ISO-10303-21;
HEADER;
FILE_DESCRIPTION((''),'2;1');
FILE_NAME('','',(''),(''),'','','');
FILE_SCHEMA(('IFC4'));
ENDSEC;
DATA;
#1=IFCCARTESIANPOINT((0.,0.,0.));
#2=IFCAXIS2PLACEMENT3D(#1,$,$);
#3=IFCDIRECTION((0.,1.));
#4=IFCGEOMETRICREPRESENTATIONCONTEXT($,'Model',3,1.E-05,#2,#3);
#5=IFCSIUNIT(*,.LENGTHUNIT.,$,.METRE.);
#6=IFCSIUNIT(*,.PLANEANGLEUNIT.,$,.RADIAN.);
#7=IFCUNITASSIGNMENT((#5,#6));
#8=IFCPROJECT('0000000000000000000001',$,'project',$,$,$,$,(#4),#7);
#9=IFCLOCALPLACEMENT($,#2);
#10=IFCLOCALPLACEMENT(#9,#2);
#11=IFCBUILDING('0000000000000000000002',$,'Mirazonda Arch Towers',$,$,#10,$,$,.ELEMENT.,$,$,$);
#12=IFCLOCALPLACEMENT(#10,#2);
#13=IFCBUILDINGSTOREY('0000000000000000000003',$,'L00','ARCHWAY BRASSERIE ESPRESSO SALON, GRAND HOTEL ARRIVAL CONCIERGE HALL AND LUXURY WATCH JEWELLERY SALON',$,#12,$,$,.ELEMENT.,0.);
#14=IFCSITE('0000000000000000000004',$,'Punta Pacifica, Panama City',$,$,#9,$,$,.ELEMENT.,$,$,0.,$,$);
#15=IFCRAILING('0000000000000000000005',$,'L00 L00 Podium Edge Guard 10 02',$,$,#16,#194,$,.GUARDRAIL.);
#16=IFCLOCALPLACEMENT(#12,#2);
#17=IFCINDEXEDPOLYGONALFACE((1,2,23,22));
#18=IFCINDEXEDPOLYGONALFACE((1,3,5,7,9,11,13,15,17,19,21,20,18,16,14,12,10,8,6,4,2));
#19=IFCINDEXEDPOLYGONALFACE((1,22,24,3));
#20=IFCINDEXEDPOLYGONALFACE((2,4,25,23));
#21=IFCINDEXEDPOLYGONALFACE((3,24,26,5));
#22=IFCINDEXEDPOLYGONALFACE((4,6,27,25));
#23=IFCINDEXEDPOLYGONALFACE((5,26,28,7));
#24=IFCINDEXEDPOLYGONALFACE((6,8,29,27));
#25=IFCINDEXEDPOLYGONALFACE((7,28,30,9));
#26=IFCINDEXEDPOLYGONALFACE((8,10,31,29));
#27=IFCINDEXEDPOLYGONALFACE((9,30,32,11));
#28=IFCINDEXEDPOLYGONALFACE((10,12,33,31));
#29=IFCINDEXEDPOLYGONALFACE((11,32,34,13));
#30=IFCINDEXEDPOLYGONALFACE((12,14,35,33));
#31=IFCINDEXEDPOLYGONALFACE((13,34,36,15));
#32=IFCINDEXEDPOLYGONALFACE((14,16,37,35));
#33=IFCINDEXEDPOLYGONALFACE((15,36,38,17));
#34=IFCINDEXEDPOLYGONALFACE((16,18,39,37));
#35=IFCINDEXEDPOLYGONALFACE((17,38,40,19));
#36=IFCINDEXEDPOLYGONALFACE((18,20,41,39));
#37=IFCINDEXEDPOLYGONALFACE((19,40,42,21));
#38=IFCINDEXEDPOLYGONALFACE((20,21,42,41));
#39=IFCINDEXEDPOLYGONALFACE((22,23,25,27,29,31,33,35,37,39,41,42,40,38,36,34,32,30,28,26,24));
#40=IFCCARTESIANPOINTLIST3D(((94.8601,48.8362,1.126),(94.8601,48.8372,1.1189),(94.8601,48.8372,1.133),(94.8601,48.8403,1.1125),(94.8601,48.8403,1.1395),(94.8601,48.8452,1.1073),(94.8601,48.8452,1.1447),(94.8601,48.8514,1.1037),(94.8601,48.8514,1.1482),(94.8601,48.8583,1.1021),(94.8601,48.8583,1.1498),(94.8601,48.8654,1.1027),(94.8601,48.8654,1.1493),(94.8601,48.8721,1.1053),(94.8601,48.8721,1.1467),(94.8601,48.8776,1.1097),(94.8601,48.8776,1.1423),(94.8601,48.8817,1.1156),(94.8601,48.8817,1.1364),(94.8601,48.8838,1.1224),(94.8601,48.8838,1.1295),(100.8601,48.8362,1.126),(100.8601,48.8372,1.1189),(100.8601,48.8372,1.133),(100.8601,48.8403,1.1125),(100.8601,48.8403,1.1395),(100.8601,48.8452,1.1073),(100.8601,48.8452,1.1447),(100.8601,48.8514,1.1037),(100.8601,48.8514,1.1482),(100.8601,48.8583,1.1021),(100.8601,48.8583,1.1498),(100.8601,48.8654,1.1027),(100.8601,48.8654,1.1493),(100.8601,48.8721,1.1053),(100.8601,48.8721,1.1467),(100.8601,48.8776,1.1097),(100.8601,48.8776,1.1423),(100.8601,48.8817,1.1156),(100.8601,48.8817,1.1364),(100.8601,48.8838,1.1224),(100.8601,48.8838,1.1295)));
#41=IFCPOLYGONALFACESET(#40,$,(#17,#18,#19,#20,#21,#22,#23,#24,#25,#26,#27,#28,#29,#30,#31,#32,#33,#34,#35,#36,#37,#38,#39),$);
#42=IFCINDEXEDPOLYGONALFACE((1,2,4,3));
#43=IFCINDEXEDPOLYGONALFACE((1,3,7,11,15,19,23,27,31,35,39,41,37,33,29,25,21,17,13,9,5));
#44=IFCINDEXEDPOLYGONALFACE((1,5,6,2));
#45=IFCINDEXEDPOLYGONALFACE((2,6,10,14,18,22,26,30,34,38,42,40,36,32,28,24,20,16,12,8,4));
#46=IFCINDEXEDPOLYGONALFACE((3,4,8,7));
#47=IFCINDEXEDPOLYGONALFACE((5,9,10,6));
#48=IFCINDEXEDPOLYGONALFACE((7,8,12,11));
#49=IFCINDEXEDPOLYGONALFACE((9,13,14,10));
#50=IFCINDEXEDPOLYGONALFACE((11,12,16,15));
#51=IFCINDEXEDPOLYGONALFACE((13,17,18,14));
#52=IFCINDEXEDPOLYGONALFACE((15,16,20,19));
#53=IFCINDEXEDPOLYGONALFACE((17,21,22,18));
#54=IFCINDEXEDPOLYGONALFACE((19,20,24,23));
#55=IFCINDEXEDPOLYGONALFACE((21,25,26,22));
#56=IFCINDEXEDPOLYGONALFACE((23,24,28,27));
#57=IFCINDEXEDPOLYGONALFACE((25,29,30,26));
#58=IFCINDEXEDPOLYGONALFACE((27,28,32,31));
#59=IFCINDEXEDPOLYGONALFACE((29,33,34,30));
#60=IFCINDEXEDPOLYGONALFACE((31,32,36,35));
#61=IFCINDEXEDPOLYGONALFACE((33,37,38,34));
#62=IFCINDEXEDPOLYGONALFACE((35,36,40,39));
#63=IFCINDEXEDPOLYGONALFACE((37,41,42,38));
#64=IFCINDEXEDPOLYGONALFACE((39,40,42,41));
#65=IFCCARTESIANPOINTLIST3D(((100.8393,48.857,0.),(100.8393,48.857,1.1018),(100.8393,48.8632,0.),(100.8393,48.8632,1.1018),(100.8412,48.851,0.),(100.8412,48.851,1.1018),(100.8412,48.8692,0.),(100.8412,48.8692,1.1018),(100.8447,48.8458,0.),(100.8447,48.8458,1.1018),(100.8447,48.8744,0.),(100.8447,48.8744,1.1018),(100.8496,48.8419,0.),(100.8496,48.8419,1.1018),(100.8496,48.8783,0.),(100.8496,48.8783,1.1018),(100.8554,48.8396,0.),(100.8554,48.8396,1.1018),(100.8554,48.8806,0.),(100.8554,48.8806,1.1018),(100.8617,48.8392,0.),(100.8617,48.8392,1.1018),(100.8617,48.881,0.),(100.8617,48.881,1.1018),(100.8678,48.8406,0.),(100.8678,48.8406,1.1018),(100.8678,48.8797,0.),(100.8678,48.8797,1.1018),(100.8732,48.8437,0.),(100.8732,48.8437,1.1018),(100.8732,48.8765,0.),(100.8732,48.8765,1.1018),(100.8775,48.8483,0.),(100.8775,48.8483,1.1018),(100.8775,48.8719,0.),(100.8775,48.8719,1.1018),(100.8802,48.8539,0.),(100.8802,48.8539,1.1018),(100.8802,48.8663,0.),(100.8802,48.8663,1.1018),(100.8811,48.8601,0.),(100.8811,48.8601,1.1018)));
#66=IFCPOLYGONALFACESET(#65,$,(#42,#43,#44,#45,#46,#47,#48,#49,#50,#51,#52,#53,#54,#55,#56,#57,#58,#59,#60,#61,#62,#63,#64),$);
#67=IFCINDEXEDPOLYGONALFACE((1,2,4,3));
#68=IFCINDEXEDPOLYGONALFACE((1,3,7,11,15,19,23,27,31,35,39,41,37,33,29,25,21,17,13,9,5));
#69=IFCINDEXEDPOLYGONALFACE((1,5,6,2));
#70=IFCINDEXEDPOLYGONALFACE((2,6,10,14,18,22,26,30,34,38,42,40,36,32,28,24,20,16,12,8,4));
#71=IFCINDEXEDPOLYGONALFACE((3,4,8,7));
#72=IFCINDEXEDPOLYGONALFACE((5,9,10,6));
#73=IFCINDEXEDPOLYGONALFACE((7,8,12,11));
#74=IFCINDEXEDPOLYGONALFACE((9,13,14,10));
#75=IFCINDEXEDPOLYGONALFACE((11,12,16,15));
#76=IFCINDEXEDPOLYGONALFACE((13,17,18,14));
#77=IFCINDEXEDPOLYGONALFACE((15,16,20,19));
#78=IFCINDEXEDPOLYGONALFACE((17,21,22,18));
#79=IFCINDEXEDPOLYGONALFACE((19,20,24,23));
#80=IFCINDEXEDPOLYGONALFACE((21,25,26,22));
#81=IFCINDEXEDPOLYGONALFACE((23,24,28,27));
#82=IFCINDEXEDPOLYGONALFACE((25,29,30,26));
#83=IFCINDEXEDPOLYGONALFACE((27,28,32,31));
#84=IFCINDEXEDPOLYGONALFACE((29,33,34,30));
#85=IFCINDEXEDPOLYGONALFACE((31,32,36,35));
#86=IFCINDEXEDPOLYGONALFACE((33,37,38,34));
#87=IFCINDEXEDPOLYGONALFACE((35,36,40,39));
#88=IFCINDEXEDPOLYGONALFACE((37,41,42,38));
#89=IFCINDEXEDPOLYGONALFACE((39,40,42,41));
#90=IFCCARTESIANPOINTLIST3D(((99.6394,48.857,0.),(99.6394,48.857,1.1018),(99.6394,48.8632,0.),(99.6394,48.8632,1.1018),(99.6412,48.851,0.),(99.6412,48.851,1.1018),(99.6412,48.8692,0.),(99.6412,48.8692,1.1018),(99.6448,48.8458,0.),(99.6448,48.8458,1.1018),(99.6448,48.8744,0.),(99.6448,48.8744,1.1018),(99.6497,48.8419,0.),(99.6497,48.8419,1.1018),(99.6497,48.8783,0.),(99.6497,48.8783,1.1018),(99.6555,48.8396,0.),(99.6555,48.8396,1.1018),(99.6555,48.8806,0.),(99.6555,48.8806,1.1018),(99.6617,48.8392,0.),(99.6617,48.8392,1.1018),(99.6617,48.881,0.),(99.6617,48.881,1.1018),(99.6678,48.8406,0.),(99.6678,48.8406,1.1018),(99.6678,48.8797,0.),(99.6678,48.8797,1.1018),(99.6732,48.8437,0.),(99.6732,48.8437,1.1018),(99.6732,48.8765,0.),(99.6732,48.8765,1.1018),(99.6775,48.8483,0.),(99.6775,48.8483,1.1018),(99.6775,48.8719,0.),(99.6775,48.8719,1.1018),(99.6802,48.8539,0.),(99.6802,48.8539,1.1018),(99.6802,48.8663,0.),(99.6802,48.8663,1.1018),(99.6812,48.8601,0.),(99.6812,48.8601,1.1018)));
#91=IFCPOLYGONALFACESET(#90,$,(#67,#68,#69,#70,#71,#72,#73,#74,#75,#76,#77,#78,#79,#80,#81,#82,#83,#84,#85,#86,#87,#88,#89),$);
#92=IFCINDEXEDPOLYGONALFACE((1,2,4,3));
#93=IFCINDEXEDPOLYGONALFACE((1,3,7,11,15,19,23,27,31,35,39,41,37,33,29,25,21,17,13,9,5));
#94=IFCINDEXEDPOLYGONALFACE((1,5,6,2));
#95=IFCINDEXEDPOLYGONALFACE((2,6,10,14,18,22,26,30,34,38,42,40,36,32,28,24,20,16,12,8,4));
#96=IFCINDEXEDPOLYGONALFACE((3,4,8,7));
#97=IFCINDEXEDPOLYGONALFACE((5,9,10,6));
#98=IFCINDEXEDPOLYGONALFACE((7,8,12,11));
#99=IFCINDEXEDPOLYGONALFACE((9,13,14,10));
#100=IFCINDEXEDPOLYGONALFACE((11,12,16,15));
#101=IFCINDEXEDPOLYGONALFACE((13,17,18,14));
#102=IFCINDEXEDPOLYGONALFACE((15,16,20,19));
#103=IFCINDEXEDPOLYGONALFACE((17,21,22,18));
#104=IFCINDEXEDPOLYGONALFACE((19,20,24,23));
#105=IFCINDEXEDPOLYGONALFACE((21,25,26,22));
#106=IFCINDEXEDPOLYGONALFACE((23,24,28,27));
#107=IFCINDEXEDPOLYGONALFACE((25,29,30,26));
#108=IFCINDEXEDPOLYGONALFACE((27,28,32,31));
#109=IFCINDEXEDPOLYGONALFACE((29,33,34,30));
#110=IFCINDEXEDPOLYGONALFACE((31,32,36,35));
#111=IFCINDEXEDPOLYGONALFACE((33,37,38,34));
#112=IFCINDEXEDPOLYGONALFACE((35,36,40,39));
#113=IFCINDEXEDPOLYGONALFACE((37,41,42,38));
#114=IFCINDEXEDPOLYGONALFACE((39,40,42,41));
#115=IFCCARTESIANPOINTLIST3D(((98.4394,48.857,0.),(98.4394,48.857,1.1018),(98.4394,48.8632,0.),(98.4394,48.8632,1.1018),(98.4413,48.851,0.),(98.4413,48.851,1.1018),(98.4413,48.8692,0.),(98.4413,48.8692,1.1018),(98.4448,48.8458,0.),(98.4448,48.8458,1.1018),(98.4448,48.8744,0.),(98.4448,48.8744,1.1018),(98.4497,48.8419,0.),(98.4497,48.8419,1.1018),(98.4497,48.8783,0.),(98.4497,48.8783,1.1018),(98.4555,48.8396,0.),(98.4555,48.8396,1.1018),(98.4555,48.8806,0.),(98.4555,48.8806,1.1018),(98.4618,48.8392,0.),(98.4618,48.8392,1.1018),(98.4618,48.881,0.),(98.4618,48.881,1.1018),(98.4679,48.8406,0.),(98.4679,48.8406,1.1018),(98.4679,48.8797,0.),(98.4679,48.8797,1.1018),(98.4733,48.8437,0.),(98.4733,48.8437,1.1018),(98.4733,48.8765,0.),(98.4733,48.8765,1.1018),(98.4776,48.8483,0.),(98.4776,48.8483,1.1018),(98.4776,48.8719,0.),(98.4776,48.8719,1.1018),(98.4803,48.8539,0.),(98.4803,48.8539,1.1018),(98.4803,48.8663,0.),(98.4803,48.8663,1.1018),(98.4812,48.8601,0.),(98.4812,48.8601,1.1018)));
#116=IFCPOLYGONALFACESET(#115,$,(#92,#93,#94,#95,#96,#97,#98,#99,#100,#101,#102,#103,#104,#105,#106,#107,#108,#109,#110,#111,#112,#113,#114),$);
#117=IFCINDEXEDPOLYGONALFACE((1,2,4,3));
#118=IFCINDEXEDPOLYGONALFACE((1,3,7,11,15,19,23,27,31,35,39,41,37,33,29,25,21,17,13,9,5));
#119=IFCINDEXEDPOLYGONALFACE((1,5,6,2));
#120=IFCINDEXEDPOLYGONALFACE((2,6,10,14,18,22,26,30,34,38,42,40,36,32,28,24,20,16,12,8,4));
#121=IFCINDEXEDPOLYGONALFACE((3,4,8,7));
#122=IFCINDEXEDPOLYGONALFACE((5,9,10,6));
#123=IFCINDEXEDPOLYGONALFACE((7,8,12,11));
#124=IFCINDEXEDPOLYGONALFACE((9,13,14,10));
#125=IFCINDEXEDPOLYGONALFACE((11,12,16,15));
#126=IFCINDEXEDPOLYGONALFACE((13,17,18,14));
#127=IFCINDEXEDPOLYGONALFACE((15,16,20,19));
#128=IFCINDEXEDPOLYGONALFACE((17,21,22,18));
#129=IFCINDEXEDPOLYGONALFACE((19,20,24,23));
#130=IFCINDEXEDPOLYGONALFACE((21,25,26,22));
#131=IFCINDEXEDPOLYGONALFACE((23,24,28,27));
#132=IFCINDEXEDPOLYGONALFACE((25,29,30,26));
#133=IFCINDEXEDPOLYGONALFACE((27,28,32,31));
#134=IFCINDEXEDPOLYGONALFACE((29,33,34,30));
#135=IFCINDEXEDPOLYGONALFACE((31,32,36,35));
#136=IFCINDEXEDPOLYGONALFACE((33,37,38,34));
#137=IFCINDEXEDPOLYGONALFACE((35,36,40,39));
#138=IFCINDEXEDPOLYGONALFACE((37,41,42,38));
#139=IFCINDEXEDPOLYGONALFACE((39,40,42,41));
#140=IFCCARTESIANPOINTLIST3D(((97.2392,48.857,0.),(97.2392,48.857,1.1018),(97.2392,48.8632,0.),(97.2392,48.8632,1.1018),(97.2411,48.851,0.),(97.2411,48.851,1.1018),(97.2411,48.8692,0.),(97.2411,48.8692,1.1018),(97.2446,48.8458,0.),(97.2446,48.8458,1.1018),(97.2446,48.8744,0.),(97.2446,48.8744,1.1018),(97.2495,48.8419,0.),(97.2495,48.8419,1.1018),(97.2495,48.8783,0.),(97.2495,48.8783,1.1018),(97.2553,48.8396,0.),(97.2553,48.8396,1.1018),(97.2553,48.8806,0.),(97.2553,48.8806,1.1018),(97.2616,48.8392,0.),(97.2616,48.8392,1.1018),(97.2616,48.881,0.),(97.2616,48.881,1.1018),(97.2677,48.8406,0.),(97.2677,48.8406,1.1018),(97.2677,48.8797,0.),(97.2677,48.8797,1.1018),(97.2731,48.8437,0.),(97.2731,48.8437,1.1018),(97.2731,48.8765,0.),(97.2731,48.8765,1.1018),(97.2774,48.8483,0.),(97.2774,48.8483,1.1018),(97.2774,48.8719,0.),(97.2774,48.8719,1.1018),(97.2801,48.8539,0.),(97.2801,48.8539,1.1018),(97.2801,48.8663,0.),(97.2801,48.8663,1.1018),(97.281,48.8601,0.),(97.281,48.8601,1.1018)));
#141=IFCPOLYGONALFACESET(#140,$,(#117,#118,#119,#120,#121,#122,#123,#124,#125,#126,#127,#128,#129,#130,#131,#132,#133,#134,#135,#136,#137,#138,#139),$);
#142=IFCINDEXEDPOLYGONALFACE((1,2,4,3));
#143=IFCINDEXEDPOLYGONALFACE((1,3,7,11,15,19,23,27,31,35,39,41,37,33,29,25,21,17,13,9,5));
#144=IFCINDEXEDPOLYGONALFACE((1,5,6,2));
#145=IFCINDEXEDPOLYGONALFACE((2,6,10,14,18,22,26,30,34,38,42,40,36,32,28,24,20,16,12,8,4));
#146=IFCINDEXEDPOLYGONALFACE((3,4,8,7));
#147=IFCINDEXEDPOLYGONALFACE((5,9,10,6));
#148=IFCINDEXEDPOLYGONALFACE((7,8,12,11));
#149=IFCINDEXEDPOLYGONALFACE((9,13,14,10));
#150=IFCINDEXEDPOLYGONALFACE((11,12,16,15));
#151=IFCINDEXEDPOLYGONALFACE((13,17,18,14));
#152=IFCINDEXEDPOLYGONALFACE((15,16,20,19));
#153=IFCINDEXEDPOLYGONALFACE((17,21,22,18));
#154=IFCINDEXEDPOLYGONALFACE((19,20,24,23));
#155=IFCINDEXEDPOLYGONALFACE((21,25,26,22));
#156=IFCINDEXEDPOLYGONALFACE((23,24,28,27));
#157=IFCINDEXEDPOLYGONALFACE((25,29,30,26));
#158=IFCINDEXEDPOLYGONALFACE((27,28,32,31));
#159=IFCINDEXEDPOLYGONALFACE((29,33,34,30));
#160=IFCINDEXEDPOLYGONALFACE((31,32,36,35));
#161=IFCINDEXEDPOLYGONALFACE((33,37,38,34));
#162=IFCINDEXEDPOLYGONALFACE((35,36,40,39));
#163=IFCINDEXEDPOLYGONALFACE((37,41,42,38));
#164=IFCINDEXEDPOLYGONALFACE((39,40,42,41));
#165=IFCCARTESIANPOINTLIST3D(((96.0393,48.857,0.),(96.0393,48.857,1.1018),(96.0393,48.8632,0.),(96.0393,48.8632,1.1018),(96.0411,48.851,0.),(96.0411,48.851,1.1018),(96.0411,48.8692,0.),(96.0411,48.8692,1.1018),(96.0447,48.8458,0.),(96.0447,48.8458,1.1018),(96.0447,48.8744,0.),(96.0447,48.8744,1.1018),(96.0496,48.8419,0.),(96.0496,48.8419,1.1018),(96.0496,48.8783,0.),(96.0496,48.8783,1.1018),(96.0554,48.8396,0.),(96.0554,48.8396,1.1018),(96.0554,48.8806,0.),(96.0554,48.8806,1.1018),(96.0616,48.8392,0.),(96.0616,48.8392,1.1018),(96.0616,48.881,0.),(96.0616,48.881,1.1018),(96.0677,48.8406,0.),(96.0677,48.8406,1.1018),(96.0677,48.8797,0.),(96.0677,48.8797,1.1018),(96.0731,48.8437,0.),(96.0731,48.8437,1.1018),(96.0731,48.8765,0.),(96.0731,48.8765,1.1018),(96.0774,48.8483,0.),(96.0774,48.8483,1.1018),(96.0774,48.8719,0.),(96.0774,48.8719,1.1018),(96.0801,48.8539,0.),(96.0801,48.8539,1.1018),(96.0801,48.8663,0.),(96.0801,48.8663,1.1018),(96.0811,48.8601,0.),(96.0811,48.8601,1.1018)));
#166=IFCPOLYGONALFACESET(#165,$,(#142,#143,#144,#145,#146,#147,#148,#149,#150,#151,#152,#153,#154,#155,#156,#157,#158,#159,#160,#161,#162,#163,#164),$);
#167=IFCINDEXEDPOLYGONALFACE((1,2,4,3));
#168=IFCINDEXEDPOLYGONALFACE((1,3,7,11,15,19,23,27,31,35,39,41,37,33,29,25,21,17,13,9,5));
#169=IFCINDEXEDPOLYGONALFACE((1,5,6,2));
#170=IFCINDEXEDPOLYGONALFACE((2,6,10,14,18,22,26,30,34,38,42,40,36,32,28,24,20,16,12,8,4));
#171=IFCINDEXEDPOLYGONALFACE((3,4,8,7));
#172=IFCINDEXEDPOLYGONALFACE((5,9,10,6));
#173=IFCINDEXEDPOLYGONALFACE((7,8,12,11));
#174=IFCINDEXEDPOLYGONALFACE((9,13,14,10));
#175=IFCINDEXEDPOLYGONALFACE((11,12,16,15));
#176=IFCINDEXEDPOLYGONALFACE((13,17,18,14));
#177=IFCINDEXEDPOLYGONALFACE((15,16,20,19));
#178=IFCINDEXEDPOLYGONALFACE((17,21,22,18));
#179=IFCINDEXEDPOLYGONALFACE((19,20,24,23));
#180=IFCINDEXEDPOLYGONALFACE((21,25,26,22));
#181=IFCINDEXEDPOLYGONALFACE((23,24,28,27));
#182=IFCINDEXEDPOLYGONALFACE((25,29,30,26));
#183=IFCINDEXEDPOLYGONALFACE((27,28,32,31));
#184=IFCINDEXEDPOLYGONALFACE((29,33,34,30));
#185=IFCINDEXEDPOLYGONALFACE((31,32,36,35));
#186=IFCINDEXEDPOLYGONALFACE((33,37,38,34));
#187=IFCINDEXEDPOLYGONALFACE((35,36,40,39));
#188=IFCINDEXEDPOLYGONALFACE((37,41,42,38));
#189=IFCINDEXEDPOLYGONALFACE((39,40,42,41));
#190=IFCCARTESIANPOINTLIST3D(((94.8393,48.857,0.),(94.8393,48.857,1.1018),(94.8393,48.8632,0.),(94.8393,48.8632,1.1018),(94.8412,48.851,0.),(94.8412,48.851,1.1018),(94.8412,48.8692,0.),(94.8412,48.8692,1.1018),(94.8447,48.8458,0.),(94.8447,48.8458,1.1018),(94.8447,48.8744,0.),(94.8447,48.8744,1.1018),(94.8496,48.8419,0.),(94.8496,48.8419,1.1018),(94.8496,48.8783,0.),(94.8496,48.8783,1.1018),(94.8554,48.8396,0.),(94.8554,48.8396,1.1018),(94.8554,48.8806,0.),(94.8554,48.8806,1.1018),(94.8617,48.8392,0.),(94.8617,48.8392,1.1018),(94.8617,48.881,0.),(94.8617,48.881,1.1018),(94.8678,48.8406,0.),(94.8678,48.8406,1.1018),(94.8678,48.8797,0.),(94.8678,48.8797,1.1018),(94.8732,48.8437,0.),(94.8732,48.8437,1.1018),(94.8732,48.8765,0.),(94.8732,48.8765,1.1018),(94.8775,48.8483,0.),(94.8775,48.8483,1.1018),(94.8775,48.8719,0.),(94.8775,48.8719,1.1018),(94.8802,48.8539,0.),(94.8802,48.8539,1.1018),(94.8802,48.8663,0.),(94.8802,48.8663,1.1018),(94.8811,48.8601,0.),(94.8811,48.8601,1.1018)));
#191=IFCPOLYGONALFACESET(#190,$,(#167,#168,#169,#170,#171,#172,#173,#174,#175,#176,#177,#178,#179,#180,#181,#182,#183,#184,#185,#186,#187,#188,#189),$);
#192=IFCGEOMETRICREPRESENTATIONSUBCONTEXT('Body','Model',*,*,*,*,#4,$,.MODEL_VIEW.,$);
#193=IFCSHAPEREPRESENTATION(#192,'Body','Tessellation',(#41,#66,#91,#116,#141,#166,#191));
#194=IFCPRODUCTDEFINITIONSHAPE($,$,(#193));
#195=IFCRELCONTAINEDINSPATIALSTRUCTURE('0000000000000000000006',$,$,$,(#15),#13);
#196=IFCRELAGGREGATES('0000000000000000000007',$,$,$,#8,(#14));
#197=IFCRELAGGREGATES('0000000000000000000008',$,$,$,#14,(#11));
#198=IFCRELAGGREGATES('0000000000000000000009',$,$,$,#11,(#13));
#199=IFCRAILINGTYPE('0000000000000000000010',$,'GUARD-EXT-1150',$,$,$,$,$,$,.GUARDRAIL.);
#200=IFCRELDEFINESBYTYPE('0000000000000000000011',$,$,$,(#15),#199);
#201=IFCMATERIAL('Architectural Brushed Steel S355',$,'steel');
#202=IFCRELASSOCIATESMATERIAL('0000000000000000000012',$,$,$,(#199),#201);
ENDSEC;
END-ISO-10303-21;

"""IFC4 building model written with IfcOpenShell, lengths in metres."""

from ifc_helpers import new_model, si_unit, direction, frame, origin, origin_2d, place, context, subcontext, project, spatial, circle, extrude, material, type_object, element, save


model = new_model("IFC4")

# Units and contexts
model_context = context("Model", 3, precision=1e-05, world=origin(), true_north=direction((0.0, 1.0)))
body_context = subcontext(model_context, "Body", "Model", "MODEL_VIEW")
ifc_project = project(units=[si_unit("LENGTHUNIT", "METRE"), si_unit("PLANEANGLEUNIT", "RADIAN")], contexts=[model_context])

# Site, building, storey
site_placement = place(None, origin())
site = spatial("IfcSite", under=ifc_project, at=site_placement, Name="Punta Pacifica, Panama City", CompositionType="ELEMENT", RefElevation=0.0)
building_placement = place(site_placement, origin())
building = spatial("IfcBuilding", under=site, at=building_placement, Name="Mirazonda Arch Towers", CompositionType="ELEMENT")
storey_placement = place(building_placement, origin())
storey = spatial("IfcBuildingStorey", under=building, at=storey_placement, Name="L00", Description="ARCHWAY BRASSERIE ESPRESSO SALON, GRAND HOTEL ARRIVAL CONCIERGE HALL AND LUXURY WATCH JEWELLERY SALON", CompositionType="ELEMENT", Elevation=0.0)

# Shared definitions
ifc_material_1 = material(Name="Architectural Brushed Steel S355", Category="steel")

# Railing
railing_type_1 = type_object("IfcRailingType", Name="GUARD-EXT-1150", PredefinedType="GUARDRAIL", material=ifc_material_1)
railing_1_placement = place(storey_placement, frame((100.8601, 48.8601, 0.0)))
element("IfcRailing", 1, at=railing_1_placement, inside=storey, type_object=railing_type_1, Name="L00 L00 Podium Edge Guard 10 02", PredefinedType="GUARDRAIL", context=body_context, shape_type="SweptSolid", body=[
    extrude(circle(Radius=0.0239, at=origin_2d()), frame((0.0, 0.0, 1.126), z_axis=(-1.0, 0.0, 0.0), x_axis=(0.0, -1.0, 0.0)), (0.0, 0.0, 1.0), 6.0),
    extrude(circle(Radius=0.021, at=origin_2d()), origin(), (0.0, 0.0, 1.0), 1.1018),
    extrude(circle(Radius=0.021, at=origin_2d()), frame((-1.2, 0.0, 0.0)), (0.0, 0.0, 1.0), 1.1018),
    extrude(circle(Radius=0.021, at=origin_2d()), frame((-2.3999, 0.0, 0.0)), (0.0, 0.0, 1.0), 1.1018),
    extrude(circle(Radius=0.021, at=origin_2d()), frame((-3.6001, 0.0, 0.0)), (0.0, 0.0, 1.0), 1.1018),
    extrude(circle(Radius=0.021, at=origin_2d()), frame((-4.8, 0.0, 0.0)), (0.0, 0.0, 1.0), 1.1018),
    extrude(circle(Radius=0.021, at=origin_2d()), frame((-6.0, 0.0, 0.0)), (0.0, 0.0, 1.0), 1.1018),
])

save(model, "model.ifc")
